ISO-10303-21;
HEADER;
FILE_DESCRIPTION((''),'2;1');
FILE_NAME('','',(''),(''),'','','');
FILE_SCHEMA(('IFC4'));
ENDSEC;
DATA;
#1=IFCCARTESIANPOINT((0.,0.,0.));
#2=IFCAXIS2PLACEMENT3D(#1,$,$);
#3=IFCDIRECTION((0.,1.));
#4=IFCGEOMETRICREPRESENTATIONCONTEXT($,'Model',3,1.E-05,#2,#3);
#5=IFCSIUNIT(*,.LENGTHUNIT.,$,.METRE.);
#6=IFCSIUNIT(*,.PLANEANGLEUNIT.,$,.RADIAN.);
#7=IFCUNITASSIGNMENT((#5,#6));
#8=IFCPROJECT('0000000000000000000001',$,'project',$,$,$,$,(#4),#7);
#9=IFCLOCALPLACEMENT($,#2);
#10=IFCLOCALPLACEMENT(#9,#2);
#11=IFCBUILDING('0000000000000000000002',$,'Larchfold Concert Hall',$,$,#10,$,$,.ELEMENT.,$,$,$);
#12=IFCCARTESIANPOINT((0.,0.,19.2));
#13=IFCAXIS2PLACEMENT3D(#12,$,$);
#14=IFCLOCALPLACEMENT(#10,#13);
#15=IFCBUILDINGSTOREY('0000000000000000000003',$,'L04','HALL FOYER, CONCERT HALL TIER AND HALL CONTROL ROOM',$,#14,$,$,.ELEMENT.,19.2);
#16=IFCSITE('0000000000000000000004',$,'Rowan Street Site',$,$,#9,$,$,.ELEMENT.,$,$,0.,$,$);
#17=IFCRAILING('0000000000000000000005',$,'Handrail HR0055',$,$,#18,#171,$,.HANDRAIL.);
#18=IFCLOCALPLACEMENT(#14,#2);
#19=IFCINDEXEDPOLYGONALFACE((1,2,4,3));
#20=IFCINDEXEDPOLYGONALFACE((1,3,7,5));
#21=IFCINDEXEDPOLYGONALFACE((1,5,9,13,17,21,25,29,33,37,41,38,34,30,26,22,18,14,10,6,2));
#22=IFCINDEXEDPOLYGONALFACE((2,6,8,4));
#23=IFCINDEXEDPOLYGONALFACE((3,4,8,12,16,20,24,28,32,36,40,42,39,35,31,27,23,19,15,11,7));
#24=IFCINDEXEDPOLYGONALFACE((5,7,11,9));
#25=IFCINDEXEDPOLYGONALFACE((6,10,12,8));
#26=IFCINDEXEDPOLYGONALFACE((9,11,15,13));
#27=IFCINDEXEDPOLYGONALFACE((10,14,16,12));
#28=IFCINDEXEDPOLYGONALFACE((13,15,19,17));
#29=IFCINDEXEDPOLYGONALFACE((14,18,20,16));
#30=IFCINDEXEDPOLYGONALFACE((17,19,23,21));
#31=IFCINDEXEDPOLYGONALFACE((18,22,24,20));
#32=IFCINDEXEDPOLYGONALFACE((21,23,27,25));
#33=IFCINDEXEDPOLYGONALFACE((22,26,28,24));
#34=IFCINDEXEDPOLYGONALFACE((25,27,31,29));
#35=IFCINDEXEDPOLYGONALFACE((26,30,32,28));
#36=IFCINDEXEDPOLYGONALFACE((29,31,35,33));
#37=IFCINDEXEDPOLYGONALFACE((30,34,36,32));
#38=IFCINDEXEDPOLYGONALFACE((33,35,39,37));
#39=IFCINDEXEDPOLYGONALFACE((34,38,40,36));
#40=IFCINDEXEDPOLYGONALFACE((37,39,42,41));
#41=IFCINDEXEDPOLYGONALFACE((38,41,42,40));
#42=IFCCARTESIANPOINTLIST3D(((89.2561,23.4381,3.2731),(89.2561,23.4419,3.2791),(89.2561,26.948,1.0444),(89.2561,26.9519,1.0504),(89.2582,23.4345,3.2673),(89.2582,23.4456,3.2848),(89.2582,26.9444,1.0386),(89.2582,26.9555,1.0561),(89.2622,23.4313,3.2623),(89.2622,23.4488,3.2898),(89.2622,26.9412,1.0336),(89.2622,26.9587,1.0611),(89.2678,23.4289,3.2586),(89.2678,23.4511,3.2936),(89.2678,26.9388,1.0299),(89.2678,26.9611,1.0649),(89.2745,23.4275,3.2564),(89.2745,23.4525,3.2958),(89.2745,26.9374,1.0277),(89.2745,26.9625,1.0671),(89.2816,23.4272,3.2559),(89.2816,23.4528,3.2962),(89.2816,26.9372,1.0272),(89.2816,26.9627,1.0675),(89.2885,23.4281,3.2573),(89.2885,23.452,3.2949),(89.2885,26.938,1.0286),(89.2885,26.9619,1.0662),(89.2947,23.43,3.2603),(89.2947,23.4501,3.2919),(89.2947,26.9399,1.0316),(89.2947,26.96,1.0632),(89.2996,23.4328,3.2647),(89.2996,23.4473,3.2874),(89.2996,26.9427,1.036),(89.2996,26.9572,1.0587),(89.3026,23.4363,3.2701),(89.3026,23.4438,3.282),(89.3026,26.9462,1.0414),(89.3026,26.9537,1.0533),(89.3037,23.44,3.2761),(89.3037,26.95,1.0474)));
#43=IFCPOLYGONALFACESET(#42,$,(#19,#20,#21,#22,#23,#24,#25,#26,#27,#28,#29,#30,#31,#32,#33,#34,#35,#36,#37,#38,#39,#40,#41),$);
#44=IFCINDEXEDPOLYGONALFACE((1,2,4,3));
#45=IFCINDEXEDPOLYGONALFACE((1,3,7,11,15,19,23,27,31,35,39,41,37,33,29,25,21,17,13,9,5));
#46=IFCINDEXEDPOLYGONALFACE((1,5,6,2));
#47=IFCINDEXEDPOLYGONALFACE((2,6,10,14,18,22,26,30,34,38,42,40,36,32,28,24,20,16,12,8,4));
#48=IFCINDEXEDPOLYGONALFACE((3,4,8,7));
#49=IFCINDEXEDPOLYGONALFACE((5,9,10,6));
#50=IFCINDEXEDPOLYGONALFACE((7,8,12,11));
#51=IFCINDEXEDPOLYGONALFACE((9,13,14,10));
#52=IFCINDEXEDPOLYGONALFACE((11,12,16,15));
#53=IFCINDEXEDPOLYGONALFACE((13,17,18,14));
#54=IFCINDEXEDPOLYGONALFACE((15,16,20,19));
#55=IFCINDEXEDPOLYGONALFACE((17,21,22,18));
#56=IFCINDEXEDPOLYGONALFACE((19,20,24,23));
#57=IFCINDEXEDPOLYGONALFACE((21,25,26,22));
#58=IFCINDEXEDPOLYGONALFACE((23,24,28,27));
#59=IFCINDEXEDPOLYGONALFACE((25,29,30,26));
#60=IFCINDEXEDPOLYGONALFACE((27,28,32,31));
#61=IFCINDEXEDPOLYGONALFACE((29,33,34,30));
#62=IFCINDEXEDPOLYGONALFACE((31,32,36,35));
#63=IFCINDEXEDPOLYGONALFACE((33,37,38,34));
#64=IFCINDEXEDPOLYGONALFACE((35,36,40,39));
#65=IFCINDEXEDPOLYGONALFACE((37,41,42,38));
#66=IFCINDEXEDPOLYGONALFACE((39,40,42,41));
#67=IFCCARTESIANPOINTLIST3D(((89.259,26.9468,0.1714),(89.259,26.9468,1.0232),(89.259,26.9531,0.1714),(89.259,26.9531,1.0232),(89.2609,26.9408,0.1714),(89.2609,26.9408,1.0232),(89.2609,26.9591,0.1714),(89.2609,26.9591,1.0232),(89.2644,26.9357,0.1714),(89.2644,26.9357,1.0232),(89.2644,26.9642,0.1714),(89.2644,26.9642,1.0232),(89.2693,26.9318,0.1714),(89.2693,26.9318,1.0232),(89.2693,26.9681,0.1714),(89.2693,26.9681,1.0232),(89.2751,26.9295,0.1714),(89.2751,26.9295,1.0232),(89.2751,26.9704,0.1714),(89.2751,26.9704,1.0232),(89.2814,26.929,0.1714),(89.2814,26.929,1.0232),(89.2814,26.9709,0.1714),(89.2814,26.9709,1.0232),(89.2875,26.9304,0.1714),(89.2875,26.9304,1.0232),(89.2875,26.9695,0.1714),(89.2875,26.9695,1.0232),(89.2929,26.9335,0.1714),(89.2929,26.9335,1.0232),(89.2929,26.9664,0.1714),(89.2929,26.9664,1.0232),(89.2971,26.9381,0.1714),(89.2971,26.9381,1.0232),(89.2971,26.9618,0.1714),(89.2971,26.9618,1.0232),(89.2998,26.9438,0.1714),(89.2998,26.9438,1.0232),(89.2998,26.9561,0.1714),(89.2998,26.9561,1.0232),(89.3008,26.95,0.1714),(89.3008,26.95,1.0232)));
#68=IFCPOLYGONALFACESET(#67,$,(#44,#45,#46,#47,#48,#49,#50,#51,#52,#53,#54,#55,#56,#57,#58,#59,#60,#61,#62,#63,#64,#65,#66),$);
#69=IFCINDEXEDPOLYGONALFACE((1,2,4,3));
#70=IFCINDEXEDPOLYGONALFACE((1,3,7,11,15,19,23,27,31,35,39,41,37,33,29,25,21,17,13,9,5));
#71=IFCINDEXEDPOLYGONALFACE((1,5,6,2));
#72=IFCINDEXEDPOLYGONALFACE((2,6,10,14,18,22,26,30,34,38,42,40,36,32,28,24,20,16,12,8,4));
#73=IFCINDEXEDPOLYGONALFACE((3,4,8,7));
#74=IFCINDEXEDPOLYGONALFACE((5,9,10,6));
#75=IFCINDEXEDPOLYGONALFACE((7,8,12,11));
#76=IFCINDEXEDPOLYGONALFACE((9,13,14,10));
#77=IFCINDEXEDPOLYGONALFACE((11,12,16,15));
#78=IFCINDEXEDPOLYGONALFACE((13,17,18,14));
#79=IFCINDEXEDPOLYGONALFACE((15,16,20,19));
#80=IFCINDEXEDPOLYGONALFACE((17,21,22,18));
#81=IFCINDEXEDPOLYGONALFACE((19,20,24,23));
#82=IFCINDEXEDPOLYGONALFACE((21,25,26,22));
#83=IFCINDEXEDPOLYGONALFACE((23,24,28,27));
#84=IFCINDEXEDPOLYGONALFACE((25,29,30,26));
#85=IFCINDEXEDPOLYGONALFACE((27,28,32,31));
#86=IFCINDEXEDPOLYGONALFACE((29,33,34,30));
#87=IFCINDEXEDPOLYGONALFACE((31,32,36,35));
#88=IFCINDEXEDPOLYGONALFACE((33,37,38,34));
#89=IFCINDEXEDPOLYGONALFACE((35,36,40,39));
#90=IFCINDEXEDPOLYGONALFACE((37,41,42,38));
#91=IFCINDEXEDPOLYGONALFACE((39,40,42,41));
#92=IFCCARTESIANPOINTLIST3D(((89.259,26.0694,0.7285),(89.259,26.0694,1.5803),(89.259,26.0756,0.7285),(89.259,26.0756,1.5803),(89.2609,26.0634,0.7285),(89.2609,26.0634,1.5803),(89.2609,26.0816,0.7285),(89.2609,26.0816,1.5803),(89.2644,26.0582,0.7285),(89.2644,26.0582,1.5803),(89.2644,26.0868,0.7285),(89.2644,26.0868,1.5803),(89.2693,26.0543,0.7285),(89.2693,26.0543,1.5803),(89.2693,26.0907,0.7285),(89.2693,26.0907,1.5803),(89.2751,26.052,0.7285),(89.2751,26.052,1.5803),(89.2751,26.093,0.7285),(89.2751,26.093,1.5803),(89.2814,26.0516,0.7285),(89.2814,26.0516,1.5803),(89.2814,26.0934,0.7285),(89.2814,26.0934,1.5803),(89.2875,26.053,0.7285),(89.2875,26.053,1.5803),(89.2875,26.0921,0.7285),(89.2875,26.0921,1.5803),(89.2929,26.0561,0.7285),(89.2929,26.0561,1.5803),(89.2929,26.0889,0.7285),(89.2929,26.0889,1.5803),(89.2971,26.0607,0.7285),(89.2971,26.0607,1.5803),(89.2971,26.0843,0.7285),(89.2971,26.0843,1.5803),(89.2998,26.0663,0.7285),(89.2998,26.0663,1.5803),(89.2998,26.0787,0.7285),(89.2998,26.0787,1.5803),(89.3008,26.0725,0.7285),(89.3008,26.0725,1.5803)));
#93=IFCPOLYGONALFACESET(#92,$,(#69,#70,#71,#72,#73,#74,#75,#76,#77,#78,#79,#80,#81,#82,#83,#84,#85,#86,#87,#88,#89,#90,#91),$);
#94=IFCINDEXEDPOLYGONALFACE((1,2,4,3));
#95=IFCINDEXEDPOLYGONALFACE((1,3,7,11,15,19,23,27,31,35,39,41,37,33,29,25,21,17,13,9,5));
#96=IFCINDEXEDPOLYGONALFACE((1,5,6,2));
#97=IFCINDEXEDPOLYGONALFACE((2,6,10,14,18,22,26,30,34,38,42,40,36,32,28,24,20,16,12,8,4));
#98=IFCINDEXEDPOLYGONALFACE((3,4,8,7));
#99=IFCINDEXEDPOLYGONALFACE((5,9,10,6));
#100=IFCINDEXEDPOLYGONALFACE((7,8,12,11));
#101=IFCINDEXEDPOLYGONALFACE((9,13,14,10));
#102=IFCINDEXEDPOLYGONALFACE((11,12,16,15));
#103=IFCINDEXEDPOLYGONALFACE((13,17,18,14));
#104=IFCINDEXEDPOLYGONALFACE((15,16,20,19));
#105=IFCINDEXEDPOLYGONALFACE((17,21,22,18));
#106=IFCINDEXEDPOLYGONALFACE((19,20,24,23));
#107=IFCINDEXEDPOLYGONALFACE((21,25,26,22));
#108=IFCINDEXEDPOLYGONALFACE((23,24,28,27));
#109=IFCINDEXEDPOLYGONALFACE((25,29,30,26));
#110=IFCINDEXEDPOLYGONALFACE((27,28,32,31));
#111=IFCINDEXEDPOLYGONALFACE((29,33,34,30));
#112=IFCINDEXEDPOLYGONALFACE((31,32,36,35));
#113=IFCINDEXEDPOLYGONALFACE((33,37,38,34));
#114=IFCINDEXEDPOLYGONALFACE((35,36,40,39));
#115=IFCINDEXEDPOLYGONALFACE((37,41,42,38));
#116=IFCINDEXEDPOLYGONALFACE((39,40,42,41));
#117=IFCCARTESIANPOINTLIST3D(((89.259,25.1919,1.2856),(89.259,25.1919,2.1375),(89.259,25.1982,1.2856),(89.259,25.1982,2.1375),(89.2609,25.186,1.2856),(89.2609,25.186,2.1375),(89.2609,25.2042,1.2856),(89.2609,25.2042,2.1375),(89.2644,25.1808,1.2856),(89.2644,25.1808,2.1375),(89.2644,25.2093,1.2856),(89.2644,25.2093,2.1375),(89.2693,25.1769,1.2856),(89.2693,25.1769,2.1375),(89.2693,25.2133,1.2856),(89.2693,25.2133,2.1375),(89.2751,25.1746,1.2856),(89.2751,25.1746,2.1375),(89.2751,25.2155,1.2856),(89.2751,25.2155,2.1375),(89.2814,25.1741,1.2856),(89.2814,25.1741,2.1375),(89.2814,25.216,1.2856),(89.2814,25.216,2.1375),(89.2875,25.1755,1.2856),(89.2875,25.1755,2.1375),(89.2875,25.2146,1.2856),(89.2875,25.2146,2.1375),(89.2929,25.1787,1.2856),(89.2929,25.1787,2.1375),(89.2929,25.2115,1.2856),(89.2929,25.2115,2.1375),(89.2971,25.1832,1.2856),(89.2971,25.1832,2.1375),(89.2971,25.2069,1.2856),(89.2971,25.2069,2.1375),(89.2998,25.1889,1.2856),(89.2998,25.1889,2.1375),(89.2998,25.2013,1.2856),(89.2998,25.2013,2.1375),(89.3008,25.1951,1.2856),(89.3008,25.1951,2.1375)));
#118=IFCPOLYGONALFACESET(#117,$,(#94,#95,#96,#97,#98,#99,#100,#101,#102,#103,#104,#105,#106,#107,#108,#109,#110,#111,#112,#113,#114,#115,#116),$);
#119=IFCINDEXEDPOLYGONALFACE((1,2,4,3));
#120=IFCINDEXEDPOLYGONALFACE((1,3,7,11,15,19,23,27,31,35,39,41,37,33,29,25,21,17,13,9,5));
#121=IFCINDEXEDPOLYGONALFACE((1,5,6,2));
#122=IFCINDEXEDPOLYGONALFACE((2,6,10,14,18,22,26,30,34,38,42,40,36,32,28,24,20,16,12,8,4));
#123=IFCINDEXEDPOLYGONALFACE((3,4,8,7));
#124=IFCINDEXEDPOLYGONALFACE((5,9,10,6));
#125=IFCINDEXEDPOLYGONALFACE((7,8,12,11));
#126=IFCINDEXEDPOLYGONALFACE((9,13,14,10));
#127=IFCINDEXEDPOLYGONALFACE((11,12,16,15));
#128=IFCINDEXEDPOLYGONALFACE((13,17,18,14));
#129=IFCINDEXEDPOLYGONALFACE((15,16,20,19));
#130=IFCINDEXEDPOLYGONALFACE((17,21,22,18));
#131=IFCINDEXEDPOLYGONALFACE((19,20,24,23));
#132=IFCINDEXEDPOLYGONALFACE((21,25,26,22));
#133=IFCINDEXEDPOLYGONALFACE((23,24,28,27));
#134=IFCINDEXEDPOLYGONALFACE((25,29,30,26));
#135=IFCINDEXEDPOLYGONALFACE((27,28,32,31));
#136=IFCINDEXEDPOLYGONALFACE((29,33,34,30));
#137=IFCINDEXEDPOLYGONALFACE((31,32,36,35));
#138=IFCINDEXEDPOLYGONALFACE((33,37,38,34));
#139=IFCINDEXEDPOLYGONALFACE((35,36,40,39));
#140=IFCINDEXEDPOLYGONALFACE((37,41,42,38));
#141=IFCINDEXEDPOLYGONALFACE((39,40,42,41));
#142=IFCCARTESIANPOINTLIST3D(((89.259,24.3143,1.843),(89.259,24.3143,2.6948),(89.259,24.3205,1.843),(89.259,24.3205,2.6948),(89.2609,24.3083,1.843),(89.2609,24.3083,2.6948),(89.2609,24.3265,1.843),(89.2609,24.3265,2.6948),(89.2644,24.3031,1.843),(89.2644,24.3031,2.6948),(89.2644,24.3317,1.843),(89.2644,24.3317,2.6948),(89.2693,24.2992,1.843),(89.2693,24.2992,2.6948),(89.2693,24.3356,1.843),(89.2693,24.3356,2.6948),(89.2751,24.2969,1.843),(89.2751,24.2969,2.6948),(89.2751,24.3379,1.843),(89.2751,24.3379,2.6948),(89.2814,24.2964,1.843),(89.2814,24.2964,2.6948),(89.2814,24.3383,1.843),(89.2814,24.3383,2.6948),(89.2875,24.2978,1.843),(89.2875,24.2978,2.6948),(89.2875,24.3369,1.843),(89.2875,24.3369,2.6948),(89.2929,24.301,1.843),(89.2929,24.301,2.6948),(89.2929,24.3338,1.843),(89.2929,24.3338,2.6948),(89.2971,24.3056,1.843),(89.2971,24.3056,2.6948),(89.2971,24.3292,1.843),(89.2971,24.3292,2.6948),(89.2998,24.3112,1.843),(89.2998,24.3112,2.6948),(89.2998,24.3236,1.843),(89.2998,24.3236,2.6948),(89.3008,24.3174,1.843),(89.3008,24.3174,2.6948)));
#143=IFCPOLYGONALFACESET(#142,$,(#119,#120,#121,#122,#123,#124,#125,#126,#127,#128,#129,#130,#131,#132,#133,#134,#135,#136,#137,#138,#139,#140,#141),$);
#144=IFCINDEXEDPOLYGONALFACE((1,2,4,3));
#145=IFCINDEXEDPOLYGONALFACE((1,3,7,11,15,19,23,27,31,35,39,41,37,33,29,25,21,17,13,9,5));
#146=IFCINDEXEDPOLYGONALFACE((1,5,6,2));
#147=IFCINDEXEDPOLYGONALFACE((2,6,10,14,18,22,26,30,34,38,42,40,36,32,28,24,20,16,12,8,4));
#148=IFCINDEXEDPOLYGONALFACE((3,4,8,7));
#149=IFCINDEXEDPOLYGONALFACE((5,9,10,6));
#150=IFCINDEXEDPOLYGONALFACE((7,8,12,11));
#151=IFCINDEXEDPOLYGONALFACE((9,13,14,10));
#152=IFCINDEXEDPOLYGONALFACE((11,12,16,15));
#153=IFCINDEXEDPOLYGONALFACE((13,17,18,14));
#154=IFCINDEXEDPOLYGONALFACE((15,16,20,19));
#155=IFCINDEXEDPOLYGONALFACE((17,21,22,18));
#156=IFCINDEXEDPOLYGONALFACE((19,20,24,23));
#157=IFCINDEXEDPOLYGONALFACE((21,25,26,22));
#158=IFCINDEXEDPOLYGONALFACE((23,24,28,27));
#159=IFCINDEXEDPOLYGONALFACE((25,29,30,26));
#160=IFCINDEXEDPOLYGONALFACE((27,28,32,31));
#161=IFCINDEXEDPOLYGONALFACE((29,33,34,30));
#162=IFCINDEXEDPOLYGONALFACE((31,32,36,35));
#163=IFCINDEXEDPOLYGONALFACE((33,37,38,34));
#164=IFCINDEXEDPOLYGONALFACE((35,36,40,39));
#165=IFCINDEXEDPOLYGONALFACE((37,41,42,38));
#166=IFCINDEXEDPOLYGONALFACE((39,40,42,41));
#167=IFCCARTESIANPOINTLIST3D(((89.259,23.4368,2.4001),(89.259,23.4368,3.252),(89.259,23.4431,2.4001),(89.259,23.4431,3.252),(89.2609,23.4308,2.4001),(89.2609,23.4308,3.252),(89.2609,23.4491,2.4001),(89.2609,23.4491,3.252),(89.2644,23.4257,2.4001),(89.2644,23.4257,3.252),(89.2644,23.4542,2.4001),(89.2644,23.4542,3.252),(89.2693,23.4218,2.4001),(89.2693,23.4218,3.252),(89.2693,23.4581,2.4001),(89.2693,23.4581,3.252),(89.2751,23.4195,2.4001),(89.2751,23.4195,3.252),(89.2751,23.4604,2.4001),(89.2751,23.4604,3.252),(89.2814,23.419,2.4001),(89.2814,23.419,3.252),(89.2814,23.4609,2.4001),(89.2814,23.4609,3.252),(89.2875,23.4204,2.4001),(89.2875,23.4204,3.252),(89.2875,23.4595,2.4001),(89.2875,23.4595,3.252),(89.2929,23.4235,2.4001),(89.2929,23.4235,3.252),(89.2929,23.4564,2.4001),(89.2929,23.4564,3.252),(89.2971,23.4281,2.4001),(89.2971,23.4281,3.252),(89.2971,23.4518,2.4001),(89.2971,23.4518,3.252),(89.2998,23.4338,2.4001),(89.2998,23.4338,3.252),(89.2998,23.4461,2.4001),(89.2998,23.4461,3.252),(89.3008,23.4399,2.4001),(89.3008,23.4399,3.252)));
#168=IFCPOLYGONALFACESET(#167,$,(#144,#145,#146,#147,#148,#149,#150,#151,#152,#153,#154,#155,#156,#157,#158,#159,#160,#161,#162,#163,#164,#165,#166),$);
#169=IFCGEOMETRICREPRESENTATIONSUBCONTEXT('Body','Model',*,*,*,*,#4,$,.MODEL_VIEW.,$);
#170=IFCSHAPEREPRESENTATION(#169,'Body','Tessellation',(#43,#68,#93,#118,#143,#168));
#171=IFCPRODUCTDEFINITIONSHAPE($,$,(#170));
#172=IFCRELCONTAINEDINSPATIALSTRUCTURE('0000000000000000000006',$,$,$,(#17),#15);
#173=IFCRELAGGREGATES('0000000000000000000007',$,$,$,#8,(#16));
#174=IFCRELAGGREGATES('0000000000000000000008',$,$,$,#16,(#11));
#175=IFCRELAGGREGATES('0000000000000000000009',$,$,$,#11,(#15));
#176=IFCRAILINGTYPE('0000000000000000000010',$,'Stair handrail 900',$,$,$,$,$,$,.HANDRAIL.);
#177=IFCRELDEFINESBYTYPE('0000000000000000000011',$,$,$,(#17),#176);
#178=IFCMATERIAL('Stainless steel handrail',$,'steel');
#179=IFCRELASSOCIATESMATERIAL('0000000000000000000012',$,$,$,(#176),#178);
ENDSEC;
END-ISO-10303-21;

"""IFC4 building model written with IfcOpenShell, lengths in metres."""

from ifc_helpers import new_model, si_unit, direction, frame, origin, origin_2d, place, context, subcontext, project, spatial, circle, extrude, material, type_object, element, save


model = new_model("IFC4")

# Units and contexts
model_context = context("Model", 3, precision=1e-05, world=origin(), true_north=direction((0.0, 1.0)))
body_context = subcontext(model_context, "Body", "Model", "MODEL_VIEW")
ifc_project = project(units=[si_unit("LENGTHUNIT", "METRE"), si_unit("PLANEANGLEUNIT", "RADIAN")], contexts=[model_context])

# Site, building, storey
site_placement = place(None, origin())
site = spatial("IfcSite", under=ifc_project, at=site_placement, Name="Rowan Street Site", CompositionType="ELEMENT", RefElevation=0.0)
building_placement = place(site_placement, origin())
building = spatial("IfcBuilding", under=site, at=building_placement, Name="Larchfold Concert Hall", CompositionType="ELEMENT")
storey_placement = place(building_placement, frame((0.0, 0.0, 19.2)))
storey = spatial("IfcBuildingStorey", under=building, at=storey_placement, Name="L04", Description="HALL FOYER, CONCERT HALL TIER AND HALL CONTROL ROOM", CompositionType="ELEMENT", Elevation=19.2)

# Railing
ifc_material_1 = material(Name="Stainless steel handrail", Category="steel")
railing_type_1 = type_object("IfcRailingType", Name="Stair handrail 900", PredefinedType="HANDRAIL", material=ifc_material_1)
for number, where, name in (
    (1, (89.2798, 26.95, 0.1714), "Handrail HR0055"),
):
    element("IfcRailing", number, at=place(storey_placement, frame(where)), inside=storey, type_object=railing_type_1, Name=name, PredefinedType="HANDRAIL", context=body_context, shape_type="SweptSolid", body=[
        extrude(circle(Radius=0.0239, at=origin_2d()), frame((0.0, 0.0, 0.876), z_axis=(0.0, -0.844193, 0.536039), x_axis=(1.0, 0.0, 0.0)), (0.0, 0.0, 1.0), 4.1577),
        extrude(circle(Radius=0.021, at=origin_2d()), origin(), (0.0, 0.0, 1.0), 0.8518),
        extrude(circle(Radius=0.021, at=origin_2d()), frame((0.0, -0.8774, 0.5571)), (0.0, 0.0, 1.0), 0.8518),
        extrude(circle(Radius=0.021, at=origin_2d()), frame((0.0, -1.7549, 1.1143)), (0.0, 0.0, 1.0), 0.8518),
        extrude(circle(Radius=0.021, at=origin_2d()), frame((0.0, -2.6326, 1.6716)), (0.0, 0.0, 1.0), 0.8518),
        extrude(circle(Radius=0.021, at=origin_2d()), frame((0.0, -3.51, 2.2288)), (0.0, 0.0, 1.0), 0.8518),
    ])

save(model, "model.ifc")
